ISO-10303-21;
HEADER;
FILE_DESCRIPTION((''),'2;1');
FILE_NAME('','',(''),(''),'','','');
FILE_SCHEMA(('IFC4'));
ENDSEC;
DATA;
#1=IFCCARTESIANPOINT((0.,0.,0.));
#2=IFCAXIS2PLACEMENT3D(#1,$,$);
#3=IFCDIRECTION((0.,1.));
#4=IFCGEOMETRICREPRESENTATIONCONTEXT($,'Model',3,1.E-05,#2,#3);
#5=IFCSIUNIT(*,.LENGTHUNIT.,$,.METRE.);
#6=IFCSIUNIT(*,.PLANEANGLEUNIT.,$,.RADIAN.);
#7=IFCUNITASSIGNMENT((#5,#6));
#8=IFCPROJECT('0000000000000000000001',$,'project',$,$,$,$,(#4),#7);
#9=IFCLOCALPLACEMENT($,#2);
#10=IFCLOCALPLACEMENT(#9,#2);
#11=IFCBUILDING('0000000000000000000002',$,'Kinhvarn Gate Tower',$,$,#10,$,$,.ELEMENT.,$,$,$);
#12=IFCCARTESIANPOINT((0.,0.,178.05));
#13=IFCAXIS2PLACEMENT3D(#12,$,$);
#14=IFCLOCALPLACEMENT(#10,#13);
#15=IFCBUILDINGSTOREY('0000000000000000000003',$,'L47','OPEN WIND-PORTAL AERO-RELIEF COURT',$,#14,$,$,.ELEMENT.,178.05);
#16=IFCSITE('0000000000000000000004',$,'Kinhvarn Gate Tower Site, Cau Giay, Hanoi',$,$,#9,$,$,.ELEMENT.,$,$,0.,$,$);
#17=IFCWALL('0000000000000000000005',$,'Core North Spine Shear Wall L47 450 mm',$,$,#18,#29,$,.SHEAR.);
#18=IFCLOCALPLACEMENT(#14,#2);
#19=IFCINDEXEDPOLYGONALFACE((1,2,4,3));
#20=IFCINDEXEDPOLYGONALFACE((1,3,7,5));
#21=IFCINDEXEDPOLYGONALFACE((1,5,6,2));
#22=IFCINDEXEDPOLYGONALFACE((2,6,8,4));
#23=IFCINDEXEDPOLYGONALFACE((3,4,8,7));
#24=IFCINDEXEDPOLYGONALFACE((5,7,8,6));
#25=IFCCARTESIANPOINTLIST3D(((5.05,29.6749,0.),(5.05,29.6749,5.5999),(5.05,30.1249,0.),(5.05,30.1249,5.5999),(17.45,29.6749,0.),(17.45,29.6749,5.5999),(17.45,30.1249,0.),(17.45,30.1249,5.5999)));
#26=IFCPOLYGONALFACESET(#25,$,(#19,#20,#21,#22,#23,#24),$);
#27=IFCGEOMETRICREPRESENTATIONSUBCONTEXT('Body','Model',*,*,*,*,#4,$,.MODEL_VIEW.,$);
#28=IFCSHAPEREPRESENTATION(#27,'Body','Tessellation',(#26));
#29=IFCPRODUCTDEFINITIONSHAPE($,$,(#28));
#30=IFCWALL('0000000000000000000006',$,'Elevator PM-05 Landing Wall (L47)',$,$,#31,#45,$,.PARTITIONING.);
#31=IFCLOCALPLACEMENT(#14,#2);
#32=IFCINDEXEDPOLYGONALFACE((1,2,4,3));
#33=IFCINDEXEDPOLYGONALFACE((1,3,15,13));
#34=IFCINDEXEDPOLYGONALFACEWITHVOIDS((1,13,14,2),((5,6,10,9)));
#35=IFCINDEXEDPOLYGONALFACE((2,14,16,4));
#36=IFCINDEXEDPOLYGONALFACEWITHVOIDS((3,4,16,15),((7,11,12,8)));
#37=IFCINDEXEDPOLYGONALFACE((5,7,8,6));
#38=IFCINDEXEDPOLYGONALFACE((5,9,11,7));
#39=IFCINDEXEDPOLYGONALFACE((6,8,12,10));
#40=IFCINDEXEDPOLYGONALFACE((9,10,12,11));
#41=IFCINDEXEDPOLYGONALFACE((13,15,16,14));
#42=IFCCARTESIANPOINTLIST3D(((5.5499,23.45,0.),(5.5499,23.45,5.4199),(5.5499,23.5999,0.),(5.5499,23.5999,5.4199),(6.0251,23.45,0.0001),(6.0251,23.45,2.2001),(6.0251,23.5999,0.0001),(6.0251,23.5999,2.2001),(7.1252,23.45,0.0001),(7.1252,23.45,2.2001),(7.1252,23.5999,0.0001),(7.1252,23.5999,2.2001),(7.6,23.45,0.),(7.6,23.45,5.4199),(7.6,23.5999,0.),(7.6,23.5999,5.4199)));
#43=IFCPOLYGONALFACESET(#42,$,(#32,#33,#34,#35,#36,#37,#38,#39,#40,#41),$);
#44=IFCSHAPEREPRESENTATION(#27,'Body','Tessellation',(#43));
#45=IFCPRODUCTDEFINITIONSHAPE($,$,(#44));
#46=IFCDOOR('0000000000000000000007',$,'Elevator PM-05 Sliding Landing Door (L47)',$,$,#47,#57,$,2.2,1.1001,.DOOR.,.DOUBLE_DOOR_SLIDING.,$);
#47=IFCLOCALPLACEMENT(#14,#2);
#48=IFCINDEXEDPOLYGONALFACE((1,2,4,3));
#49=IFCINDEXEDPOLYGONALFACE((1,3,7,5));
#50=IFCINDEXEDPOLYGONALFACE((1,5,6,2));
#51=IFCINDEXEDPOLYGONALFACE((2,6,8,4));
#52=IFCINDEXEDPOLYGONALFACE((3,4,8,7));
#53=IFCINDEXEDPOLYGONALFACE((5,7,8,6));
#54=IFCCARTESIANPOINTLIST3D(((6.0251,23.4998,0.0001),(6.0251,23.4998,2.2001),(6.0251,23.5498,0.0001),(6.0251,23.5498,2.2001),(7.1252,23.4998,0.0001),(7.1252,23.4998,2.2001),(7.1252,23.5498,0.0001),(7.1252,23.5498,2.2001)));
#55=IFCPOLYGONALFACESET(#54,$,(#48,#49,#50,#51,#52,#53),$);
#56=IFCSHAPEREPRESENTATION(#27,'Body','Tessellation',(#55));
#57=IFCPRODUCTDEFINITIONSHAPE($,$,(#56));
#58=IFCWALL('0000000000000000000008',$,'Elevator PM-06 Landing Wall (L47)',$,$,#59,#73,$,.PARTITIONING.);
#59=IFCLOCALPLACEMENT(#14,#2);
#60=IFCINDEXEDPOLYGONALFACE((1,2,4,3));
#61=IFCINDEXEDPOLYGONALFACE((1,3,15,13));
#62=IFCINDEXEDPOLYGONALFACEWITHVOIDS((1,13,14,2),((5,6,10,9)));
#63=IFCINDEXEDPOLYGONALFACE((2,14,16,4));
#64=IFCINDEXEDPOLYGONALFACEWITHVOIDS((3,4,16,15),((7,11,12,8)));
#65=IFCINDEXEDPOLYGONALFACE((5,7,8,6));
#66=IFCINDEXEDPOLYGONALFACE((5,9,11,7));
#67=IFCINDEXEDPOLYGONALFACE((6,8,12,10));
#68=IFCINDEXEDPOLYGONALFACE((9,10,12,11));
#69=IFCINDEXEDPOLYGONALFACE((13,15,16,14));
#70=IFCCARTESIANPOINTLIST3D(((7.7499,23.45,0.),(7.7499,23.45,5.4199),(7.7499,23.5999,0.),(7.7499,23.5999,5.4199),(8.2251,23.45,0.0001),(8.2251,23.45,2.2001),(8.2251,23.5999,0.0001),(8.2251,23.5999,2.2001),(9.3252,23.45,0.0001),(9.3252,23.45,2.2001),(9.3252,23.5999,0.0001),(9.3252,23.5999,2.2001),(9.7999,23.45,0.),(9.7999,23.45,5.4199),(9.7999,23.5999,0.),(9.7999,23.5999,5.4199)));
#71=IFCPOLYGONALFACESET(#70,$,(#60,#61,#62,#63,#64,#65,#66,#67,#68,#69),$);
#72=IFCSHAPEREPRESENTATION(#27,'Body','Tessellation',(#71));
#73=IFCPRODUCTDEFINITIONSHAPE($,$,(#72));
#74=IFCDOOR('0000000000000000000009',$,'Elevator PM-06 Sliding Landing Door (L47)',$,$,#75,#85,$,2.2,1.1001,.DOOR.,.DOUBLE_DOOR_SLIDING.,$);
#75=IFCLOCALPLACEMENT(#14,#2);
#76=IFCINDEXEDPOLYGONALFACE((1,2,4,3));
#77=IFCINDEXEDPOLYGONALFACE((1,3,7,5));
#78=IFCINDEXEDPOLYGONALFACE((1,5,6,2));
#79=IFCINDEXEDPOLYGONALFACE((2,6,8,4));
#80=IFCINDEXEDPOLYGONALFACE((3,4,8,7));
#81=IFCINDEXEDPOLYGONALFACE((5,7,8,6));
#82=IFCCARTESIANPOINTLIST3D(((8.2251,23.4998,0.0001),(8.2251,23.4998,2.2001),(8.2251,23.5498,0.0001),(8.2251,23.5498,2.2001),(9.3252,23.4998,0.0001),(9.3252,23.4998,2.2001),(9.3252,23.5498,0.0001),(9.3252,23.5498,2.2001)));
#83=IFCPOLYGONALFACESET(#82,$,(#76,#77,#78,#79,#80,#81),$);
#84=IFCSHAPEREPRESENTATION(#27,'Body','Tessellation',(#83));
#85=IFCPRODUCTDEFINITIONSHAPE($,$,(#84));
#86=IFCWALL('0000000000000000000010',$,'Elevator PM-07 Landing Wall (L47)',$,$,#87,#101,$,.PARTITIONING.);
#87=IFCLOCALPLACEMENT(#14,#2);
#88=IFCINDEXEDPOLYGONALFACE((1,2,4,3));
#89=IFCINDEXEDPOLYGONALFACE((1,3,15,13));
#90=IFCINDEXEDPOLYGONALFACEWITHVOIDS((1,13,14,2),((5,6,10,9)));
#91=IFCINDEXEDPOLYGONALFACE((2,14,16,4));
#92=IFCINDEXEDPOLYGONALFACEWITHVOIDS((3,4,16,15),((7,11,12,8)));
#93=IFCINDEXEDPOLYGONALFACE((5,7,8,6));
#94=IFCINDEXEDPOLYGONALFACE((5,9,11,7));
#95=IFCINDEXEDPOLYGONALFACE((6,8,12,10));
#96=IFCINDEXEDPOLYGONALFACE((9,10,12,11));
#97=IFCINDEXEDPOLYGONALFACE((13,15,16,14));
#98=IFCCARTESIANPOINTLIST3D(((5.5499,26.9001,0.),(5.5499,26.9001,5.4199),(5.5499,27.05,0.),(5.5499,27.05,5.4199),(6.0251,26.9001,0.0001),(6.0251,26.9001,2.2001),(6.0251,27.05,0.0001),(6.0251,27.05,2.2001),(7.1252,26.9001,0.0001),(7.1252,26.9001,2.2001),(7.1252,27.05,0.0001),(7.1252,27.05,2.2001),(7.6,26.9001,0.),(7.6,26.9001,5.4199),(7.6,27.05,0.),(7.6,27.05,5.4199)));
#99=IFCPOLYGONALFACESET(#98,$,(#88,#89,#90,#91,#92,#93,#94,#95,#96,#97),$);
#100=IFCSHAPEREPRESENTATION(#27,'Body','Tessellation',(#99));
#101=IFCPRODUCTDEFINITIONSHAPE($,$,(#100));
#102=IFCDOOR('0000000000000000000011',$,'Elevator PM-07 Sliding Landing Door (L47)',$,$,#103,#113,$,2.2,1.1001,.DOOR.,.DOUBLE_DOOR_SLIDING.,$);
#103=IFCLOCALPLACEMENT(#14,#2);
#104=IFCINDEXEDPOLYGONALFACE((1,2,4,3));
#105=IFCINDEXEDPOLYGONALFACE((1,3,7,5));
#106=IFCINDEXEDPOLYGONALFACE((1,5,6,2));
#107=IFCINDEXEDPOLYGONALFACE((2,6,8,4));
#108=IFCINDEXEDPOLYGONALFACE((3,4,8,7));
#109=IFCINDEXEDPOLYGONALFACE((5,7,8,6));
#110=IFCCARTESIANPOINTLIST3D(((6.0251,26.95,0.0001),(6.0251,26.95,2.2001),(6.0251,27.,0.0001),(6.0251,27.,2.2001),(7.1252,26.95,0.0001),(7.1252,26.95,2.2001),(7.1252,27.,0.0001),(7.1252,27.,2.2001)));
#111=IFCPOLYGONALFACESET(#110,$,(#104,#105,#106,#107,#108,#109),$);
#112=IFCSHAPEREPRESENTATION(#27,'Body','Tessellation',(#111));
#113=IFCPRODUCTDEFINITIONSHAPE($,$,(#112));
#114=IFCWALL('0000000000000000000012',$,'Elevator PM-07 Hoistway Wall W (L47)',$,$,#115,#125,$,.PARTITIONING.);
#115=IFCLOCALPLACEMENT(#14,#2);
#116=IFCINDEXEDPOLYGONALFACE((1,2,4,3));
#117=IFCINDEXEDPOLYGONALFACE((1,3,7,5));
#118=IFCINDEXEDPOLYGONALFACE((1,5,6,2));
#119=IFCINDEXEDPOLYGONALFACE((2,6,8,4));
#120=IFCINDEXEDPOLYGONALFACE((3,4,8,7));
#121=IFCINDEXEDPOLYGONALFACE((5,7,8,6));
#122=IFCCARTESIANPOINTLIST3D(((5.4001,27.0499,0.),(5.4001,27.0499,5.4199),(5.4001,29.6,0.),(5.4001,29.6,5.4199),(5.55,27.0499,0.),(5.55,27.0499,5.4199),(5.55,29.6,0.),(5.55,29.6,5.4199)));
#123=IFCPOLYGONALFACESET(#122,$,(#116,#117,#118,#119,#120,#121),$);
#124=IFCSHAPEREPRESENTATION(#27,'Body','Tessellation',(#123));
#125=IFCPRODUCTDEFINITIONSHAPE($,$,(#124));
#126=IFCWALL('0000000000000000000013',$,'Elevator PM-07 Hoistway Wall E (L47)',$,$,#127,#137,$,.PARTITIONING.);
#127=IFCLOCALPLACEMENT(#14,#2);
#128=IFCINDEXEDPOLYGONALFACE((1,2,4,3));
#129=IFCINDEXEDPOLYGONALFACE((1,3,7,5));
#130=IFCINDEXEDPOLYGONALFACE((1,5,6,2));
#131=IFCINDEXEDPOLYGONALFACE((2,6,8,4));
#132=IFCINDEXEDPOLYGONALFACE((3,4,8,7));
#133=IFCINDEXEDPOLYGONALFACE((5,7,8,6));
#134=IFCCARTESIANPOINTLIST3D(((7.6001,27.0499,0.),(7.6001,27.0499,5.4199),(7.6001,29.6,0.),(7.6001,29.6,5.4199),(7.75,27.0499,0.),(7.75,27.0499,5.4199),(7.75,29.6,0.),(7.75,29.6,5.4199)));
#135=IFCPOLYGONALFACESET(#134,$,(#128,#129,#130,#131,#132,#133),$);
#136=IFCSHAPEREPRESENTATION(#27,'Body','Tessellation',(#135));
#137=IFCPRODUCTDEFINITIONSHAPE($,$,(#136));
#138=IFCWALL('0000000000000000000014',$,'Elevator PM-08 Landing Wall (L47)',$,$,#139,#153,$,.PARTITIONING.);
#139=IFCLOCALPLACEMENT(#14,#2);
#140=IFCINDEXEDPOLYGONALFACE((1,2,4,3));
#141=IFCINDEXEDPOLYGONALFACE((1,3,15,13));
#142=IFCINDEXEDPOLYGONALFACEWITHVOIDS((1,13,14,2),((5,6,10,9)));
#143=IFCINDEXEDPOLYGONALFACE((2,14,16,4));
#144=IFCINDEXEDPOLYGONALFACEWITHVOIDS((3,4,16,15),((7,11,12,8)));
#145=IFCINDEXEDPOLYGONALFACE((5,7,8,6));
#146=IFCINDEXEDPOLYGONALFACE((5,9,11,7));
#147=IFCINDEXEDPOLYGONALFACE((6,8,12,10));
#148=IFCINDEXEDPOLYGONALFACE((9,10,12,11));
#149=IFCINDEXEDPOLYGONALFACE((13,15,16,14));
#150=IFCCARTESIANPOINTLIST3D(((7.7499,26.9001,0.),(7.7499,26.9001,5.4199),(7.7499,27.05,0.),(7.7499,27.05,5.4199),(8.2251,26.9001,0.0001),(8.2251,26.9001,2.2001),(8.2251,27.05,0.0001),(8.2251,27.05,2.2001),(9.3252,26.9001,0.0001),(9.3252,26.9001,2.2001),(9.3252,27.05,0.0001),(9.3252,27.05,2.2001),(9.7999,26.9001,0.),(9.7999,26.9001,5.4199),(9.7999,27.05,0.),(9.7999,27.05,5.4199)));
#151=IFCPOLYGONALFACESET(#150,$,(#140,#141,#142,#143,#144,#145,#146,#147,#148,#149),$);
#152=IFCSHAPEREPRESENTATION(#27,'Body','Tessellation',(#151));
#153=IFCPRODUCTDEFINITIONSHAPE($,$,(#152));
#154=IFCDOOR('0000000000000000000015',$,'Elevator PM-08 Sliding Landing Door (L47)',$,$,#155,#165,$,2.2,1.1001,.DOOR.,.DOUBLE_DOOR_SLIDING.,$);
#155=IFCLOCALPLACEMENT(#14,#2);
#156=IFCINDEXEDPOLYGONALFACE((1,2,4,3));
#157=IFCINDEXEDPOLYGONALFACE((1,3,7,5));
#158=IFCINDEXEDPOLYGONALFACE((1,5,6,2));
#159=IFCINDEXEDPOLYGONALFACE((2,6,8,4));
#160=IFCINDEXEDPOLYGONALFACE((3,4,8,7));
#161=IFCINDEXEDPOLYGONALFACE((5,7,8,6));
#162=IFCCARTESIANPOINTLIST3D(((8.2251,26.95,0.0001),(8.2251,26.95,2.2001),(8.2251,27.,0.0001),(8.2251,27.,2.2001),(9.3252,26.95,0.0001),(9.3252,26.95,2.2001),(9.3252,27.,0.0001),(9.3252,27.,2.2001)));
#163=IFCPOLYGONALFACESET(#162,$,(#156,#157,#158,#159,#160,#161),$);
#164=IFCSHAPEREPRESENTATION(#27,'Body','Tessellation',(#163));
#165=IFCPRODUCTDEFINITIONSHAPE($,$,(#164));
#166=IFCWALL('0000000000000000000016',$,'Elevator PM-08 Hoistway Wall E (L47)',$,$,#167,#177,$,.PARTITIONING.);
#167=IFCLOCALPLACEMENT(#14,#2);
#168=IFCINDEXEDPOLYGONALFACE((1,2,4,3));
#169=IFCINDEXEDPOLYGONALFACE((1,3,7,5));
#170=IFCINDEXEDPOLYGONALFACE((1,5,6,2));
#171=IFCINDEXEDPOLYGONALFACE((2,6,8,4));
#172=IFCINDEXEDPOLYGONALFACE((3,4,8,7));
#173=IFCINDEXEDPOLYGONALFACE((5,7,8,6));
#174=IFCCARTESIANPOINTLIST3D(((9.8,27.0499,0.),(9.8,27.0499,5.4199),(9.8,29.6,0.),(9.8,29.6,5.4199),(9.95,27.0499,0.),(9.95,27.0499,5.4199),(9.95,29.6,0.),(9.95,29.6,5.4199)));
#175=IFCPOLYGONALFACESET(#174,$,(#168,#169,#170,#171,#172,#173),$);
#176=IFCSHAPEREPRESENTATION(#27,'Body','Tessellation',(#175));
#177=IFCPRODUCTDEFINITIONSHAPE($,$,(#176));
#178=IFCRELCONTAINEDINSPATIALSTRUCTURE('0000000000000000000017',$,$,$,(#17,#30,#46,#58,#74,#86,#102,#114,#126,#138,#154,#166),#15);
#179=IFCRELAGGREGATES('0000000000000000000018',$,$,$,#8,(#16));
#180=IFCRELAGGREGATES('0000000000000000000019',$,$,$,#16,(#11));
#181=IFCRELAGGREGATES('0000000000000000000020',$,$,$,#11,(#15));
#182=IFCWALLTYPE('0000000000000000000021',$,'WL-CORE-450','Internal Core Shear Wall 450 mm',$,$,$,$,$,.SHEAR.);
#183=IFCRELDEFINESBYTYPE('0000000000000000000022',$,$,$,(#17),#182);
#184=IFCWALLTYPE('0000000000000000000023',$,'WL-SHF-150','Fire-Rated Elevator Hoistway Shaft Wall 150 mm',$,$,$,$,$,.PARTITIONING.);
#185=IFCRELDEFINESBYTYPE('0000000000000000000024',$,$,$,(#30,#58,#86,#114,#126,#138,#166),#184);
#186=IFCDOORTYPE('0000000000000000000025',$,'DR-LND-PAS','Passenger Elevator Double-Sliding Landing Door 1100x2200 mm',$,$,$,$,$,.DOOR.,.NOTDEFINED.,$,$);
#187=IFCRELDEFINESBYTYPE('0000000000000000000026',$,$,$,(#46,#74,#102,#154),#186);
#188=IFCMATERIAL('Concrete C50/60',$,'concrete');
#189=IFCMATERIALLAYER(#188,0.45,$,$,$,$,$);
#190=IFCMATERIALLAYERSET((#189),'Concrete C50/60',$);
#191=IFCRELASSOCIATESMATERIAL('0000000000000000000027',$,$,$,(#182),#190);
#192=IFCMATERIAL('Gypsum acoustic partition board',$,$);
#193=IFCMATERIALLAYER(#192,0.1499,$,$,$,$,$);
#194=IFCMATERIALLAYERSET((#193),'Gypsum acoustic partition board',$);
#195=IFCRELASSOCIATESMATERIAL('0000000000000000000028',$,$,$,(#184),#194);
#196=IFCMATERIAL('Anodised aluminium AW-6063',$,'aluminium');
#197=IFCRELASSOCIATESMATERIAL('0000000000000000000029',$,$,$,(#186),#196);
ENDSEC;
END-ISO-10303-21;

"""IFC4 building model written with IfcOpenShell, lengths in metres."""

from ifc_helpers import new_model, si_unit, direction, frame, frame_2d, origin, place, context, subcontext, project, spatial, rectangle, extrude, material, layer, layer_set, type_object, element, fill, save


model = new_model("IFC4")

# Units and contexts
model_context = context("Model", 3, precision=1e-05, world=origin(), true_north=direction((0.0, 1.0)))
body_context = subcontext(model_context, "Body", "Model", "MODEL_VIEW")
ifc_project = project(units=[si_unit("LENGTHUNIT", "METRE"), si_unit("PLANEANGLEUNIT", "RADIAN")], contexts=[model_context])

# Site, building, storey
site_placement = place(None, origin())
site = spatial("IfcSite", under=ifc_project, at=site_placement, Name="Kinhvarn Gate Tower Site, Cau Giay, Hanoi", CompositionType="ELEMENT", RefElevation=0.0)
building_placement = place(site_placement, origin())
building = spatial("IfcBuilding", under=site, at=building_placement, Name="Kinhvarn Gate Tower", CompositionType="ELEMENT")
storey_placement = place(building_placement, frame((0.0, 0.0, 178.05)))
storey = spatial("IfcBuildingStorey", under=building, at=storey_placement, Name="L47", Description="OPEN WIND-PORTAL AERO-RELIEF COURT", CompositionType="ELEMENT", Elevation=178.05)

# Wall
ifc_material_1 = material(Name="Concrete C50/60", Category="concrete")
ifc_layer_1 = layer(ifc_material_1, 0.45)
ifc_layer_set_1 = layer_set([ifc_layer_1], Name="Concrete C50/60")
wall_type_1 = type_object("IfcWallType", Name="WL-CORE-450", Description="Internal Core Shear Wall 450 mm", PredefinedType="SHEAR", material=ifc_layer_set_1)
wall_1_placement = place(storey_placement, frame((5.05, 29.8999, 0.0), z_axis=(0.0, 0.0, 1.0), x_axis=(1.0, 0.0, 0.0)))
element("IfcWall", 1, at=wall_1_placement, inside=storey, type_object=wall_type_1, Name="Core North Spine Shear Wall L47 450 mm", PredefinedType="SHEAR", context=body_context, shape_type="SweptSolid", body=[
    extrude(rectangle(XDim=12.3999, YDim=0.45, at=frame_2d((6.2, 0.0))), origin(), (0.0, 0.0, 1.0), 5.5999),
])

# Walls, openings, doors
ifc_material_2 = material(Name="Gypsum acoustic partition board")
ifc_layer_2 = layer(ifc_material_2, 0.1499)
ifc_layer_set_2 = layer_set([ifc_layer_2], Name="Gypsum acoustic partition board")
wall_type_2 = type_object("IfcWallType", Name="WL-SHF-150", Description="Fire-Rated Elevator Hoistway Shaft Wall 150 mm", PredefinedType="PARTITIONING", material=ifc_layer_set_2)
wall_2_placement = place(storey_placement, frame((5.55, 23.5249, 0.0), z_axis=(0.0, 0.0, 1.0), x_axis=(1.0, 0.0, 0.0)))
wall_2 = element("IfcWall", 2, at=wall_2_placement, inside=storey, type_object=wall_type_2, Name="Elevator PM-05 Landing Wall (L47)", PredefinedType="PARTITIONING", context=body_context, shape_type="SweptSolid", body=[
    extrude(rectangle(XDim=2.05, YDim=0.1499, at=frame_2d((1.0249, 0.0))), origin(), (0.0, 0.0, 1.0), 5.4199),
])
opening_1_placement = place(wall_2_placement, frame((0.4751, 0.0, 0.0)))
opening_1 = element("IfcOpeningElement", 3, at=opening_1_placement, cuts=wall_2, PredefinedType="OPENING", context=body_context, shape_type="SweptSolid", body=[
    extrude(rectangle(XDim=1.1001, YDim=2.2, at=frame_2d((0.55, 1.1001))), frame((0.0, 0.085, 0.0), z_axis=(0.0, -1.0, 0.0), x_axis=(1.0, 0.0, 0.0)), (0.0, 0.0, 1.0), 0.1699),
])
ifc_material_3 = material(Name="Anodised aluminium AW-6063", Category="aluminium")
door_type = type_object("IfcDoorType", Name="DR-LND-PAS", Description="Passenger Elevator Double-Sliding Landing Door 1100x2200 mm", OperationType="NOTDEFINED", PredefinedType="DOOR", material=ifc_material_3)
door_1_placement = place(opening_1_placement, origin())
door_1 = element("IfcDoor", 4, at=door_1_placement, inside=storey, type_object=door_type, Name="Elevator PM-05 Sliding Landing Door (L47)", OperationType="DOUBLE_DOOR_SLIDING", OverallHeight=2.2, OverallWidth=1.1001, PredefinedType="DOOR", context=body_context, shape_type="SweptSolid", body=[
    extrude(rectangle(XDim=1.1001, YDim=2.2, at=frame_2d((0.55, 1.1001))), frame((0.0, 0.0249, 0.0), z_axis=(0.0, -1.0, 0.0), x_axis=(1.0, 0.0, 0.0)), (0.0, 0.0, 1.0), 0.05),
])
fill(opening_1, door_1)
wall_3_placement = place(storey_placement, frame((7.75, 23.5249, 0.0), z_axis=(0.0, 0.0, 1.0), x_axis=(1.0, 0.0, 0.0)))
wall_3 = element("IfcWall", 5, at=wall_3_placement, inside=storey, type_object=wall_type_2, Name="Elevator PM-06 Landing Wall (L47)", PredefinedType="PARTITIONING", context=body_context, shape_type="SweptSolid", body=[
    extrude(rectangle(XDim=2.05, YDim=0.1499, at=frame_2d((1.0249, 0.0))), origin(), (0.0, 0.0, 1.0), 5.4199),
])
opening_2_placement = place(wall_3_placement, frame((0.4751, 0.0, 0.0)))
opening_2 = element("IfcOpeningElement", 6, at=opening_2_placement, cuts=wall_3, PredefinedType="OPENING", context=body_context, shape_type="SweptSolid", body=[
    extrude(rectangle(XDim=1.1001, YDim=2.2, at=frame_2d((0.55, 1.1001))), frame((0.0, 0.085, 0.0), z_axis=(0.0, -1.0, 0.0), x_axis=(1.0, 0.0, 0.0)), (0.0, 0.0, 1.0), 0.1699),
])
door_2_placement = place(opening_2_placement, origin())
door_2 = element("IfcDoor", 7, at=door_2_placement, inside=storey, type_object=door_type, Name="Elevator PM-06 Sliding Landing Door (L47)", OperationType="DOUBLE_DOOR_SLIDING", OverallHeight=2.2, OverallWidth=1.1001, PredefinedType="DOOR", context=body_context, shape_type="SweptSolid", body=[
    extrude(rectangle(XDim=1.1001, YDim=2.2, at=frame_2d((0.55, 1.1001))), frame((0.0, 0.0249, 0.0), z_axis=(0.0, -1.0, 0.0), x_axis=(1.0, 0.0, 0.0)), (0.0, 0.0, 1.0), 0.05),
])
fill(opening_2, door_2)
wall_4_placement = place(storey_placement, frame((5.55, 26.9751, 0.0), z_axis=(0.0, 0.0, 1.0), x_axis=(1.0, 0.0, 0.0)))
wall_4 = element("IfcWall", 8, at=wall_4_placement, inside=storey, type_object=wall_type_2, Name="Elevator PM-07 Landing Wall (L47)", PredefinedType="PARTITIONING", context=body_context, shape_type="SweptSolid", body=[
    extrude(rectangle(XDim=2.05, YDim=0.1499, at=frame_2d((1.0249, 0.0))), origin(), (0.0, 0.0, 1.0), 5.4199),
])
opening_3_placement = place(wall_4_placement, frame((0.4751, 0.0, 0.0)))
opening_3 = element("IfcOpeningElement", 9, at=opening_3_placement, cuts=wall_4, PredefinedType="OPENING", context=body_context, shape_type="SweptSolid", body=[
    extrude(rectangle(XDim=1.1001, YDim=2.2, at=frame_2d((0.55, 1.1001))), frame((0.0, 0.085, 0.0), z_axis=(0.0, -1.0, 0.0), x_axis=(1.0, 0.0, 0.0)), (0.0, 0.0, 1.0), 0.1699),
])
door_3_placement = place(opening_3_placement, origin())
door_3 = element("IfcDoor", 10, at=door_3_placement, inside=storey, type_object=door_type, Name="Elevator PM-07 Sliding Landing Door (L47)", OperationType="DOUBLE_DOOR_SLIDING", OverallHeight=2.2, OverallWidth=1.1001, PredefinedType="DOOR", context=body_context, shape_type="SweptSolid", body=[
    extrude(rectangle(XDim=1.1001, YDim=2.2, at=frame_2d((0.55, 1.1001))), frame((0.0, 0.0249, 0.0), z_axis=(0.0, -1.0, 0.0), x_axis=(1.0, 0.0, 0.0)), (0.0, 0.0, 1.0), 0.05),
])
fill(opening_3, door_3)

# Walls
for number, where, z_axis, x_axis, name in (
    (11, (5.4751, 27.05, 0.0), (0.0, 0.0, 1.0), (0.0, 1.0, 0.0), "Elevator PM-07 Hoistway Wall W (L47)"),
    (12, (7.675, 27.05, 0.0), (0.0, 0.0, 1.0), (0.0, 1.0, 0.0), "Elevator PM-07 Hoistway Wall E (L47)"),
):
    element("IfcWall", number, at=place(storey_placement, frame(where, z_axis=z_axis, x_axis=x_axis)), inside=storey, type_object=wall_type_2, Name=name, PredefinedType="PARTITIONING", context=body_context, shape_type="SweptSolid", body=[
        extrude(rectangle(XDim=2.55, YDim=0.1499, at=frame_2d((1.2749, 0.0))), origin(), (0.0, 0.0, 1.0), 5.4199),
    ])

# Wall, opening, door
wall_5_placement = place(storey_placement, frame((7.75, 26.9751, 0.0), z_axis=(0.0, 0.0, 1.0), x_axis=(1.0, 0.0, 0.0)))
wall_5 = element("IfcWall", 13, at=wall_5_placement, inside=storey, type_object=wall_type_2, Name="Elevator PM-08 Landing Wall (L47)", PredefinedType="PARTITIONING", context=body_context, shape_type="SweptSolid", body=[
    extrude(rectangle(XDim=2.05, YDim=0.1499, at=frame_2d((1.0249, 0.0))), origin(), (0.0, 0.0, 1.0), 5.4199),
])
opening_4_placement = place(wall_5_placement, frame((0.4751, 0.0, 0.0)))
opening_4 = element("IfcOpeningElement", 14, at=opening_4_placement, cuts=wall_5, PredefinedType="OPENING", context=body_context, shape_type="SweptSolid", body=[
    extrude(rectangle(XDim=1.1001, YDim=2.2, at=frame_2d((0.55, 1.1001))), frame((0.0, 0.085, 0.0), z_axis=(0.0, -1.0, 0.0), x_axis=(1.0, 0.0, 0.0)), (0.0, 0.0, 1.0), 0.1699),
])
door_4_placement = place(opening_4_placement, origin())
door_4 = element("IfcDoor", 15, at=door_4_placement, inside=storey, type_object=door_type, Name="Elevator PM-08 Sliding Landing Door (L47)", OperationType="DOUBLE_DOOR_SLIDING", OverallHeight=2.2, OverallWidth=1.1001, PredefinedType="DOOR", context=body_context, shape_type="SweptSolid", body=[
    extrude(rectangle(XDim=1.1001, YDim=2.2, at=frame_2d((0.55, 1.1001))), frame((0.0, 0.0249, 0.0), z_axis=(0.0, -1.0, 0.0), x_axis=(1.0, 0.0, 0.0)), (0.0, 0.0, 1.0), 0.05),
])
fill(opening_4, door_4)

# Wall
wall_6_placement = place(storey_placement, frame((9.875, 27.05, 0.0), z_axis=(0.0, 0.0, 1.0), x_axis=(0.0, 1.0, 0.0)))
element("IfcWall", 16, at=wall_6_placement, inside=storey, type_object=wall_type_2, Name="Elevator PM-08 Hoistway Wall E (L47)", PredefinedType="PARTITIONING", context=body_context, shape_type="SweptSolid", body=[
    extrude(rectangle(XDim=2.55, YDim=0.1499, at=frame_2d((1.2749, 0.0))), origin(), (0.0, 0.0, 1.0), 5.4199),
])

save(model, "model.ifc")
